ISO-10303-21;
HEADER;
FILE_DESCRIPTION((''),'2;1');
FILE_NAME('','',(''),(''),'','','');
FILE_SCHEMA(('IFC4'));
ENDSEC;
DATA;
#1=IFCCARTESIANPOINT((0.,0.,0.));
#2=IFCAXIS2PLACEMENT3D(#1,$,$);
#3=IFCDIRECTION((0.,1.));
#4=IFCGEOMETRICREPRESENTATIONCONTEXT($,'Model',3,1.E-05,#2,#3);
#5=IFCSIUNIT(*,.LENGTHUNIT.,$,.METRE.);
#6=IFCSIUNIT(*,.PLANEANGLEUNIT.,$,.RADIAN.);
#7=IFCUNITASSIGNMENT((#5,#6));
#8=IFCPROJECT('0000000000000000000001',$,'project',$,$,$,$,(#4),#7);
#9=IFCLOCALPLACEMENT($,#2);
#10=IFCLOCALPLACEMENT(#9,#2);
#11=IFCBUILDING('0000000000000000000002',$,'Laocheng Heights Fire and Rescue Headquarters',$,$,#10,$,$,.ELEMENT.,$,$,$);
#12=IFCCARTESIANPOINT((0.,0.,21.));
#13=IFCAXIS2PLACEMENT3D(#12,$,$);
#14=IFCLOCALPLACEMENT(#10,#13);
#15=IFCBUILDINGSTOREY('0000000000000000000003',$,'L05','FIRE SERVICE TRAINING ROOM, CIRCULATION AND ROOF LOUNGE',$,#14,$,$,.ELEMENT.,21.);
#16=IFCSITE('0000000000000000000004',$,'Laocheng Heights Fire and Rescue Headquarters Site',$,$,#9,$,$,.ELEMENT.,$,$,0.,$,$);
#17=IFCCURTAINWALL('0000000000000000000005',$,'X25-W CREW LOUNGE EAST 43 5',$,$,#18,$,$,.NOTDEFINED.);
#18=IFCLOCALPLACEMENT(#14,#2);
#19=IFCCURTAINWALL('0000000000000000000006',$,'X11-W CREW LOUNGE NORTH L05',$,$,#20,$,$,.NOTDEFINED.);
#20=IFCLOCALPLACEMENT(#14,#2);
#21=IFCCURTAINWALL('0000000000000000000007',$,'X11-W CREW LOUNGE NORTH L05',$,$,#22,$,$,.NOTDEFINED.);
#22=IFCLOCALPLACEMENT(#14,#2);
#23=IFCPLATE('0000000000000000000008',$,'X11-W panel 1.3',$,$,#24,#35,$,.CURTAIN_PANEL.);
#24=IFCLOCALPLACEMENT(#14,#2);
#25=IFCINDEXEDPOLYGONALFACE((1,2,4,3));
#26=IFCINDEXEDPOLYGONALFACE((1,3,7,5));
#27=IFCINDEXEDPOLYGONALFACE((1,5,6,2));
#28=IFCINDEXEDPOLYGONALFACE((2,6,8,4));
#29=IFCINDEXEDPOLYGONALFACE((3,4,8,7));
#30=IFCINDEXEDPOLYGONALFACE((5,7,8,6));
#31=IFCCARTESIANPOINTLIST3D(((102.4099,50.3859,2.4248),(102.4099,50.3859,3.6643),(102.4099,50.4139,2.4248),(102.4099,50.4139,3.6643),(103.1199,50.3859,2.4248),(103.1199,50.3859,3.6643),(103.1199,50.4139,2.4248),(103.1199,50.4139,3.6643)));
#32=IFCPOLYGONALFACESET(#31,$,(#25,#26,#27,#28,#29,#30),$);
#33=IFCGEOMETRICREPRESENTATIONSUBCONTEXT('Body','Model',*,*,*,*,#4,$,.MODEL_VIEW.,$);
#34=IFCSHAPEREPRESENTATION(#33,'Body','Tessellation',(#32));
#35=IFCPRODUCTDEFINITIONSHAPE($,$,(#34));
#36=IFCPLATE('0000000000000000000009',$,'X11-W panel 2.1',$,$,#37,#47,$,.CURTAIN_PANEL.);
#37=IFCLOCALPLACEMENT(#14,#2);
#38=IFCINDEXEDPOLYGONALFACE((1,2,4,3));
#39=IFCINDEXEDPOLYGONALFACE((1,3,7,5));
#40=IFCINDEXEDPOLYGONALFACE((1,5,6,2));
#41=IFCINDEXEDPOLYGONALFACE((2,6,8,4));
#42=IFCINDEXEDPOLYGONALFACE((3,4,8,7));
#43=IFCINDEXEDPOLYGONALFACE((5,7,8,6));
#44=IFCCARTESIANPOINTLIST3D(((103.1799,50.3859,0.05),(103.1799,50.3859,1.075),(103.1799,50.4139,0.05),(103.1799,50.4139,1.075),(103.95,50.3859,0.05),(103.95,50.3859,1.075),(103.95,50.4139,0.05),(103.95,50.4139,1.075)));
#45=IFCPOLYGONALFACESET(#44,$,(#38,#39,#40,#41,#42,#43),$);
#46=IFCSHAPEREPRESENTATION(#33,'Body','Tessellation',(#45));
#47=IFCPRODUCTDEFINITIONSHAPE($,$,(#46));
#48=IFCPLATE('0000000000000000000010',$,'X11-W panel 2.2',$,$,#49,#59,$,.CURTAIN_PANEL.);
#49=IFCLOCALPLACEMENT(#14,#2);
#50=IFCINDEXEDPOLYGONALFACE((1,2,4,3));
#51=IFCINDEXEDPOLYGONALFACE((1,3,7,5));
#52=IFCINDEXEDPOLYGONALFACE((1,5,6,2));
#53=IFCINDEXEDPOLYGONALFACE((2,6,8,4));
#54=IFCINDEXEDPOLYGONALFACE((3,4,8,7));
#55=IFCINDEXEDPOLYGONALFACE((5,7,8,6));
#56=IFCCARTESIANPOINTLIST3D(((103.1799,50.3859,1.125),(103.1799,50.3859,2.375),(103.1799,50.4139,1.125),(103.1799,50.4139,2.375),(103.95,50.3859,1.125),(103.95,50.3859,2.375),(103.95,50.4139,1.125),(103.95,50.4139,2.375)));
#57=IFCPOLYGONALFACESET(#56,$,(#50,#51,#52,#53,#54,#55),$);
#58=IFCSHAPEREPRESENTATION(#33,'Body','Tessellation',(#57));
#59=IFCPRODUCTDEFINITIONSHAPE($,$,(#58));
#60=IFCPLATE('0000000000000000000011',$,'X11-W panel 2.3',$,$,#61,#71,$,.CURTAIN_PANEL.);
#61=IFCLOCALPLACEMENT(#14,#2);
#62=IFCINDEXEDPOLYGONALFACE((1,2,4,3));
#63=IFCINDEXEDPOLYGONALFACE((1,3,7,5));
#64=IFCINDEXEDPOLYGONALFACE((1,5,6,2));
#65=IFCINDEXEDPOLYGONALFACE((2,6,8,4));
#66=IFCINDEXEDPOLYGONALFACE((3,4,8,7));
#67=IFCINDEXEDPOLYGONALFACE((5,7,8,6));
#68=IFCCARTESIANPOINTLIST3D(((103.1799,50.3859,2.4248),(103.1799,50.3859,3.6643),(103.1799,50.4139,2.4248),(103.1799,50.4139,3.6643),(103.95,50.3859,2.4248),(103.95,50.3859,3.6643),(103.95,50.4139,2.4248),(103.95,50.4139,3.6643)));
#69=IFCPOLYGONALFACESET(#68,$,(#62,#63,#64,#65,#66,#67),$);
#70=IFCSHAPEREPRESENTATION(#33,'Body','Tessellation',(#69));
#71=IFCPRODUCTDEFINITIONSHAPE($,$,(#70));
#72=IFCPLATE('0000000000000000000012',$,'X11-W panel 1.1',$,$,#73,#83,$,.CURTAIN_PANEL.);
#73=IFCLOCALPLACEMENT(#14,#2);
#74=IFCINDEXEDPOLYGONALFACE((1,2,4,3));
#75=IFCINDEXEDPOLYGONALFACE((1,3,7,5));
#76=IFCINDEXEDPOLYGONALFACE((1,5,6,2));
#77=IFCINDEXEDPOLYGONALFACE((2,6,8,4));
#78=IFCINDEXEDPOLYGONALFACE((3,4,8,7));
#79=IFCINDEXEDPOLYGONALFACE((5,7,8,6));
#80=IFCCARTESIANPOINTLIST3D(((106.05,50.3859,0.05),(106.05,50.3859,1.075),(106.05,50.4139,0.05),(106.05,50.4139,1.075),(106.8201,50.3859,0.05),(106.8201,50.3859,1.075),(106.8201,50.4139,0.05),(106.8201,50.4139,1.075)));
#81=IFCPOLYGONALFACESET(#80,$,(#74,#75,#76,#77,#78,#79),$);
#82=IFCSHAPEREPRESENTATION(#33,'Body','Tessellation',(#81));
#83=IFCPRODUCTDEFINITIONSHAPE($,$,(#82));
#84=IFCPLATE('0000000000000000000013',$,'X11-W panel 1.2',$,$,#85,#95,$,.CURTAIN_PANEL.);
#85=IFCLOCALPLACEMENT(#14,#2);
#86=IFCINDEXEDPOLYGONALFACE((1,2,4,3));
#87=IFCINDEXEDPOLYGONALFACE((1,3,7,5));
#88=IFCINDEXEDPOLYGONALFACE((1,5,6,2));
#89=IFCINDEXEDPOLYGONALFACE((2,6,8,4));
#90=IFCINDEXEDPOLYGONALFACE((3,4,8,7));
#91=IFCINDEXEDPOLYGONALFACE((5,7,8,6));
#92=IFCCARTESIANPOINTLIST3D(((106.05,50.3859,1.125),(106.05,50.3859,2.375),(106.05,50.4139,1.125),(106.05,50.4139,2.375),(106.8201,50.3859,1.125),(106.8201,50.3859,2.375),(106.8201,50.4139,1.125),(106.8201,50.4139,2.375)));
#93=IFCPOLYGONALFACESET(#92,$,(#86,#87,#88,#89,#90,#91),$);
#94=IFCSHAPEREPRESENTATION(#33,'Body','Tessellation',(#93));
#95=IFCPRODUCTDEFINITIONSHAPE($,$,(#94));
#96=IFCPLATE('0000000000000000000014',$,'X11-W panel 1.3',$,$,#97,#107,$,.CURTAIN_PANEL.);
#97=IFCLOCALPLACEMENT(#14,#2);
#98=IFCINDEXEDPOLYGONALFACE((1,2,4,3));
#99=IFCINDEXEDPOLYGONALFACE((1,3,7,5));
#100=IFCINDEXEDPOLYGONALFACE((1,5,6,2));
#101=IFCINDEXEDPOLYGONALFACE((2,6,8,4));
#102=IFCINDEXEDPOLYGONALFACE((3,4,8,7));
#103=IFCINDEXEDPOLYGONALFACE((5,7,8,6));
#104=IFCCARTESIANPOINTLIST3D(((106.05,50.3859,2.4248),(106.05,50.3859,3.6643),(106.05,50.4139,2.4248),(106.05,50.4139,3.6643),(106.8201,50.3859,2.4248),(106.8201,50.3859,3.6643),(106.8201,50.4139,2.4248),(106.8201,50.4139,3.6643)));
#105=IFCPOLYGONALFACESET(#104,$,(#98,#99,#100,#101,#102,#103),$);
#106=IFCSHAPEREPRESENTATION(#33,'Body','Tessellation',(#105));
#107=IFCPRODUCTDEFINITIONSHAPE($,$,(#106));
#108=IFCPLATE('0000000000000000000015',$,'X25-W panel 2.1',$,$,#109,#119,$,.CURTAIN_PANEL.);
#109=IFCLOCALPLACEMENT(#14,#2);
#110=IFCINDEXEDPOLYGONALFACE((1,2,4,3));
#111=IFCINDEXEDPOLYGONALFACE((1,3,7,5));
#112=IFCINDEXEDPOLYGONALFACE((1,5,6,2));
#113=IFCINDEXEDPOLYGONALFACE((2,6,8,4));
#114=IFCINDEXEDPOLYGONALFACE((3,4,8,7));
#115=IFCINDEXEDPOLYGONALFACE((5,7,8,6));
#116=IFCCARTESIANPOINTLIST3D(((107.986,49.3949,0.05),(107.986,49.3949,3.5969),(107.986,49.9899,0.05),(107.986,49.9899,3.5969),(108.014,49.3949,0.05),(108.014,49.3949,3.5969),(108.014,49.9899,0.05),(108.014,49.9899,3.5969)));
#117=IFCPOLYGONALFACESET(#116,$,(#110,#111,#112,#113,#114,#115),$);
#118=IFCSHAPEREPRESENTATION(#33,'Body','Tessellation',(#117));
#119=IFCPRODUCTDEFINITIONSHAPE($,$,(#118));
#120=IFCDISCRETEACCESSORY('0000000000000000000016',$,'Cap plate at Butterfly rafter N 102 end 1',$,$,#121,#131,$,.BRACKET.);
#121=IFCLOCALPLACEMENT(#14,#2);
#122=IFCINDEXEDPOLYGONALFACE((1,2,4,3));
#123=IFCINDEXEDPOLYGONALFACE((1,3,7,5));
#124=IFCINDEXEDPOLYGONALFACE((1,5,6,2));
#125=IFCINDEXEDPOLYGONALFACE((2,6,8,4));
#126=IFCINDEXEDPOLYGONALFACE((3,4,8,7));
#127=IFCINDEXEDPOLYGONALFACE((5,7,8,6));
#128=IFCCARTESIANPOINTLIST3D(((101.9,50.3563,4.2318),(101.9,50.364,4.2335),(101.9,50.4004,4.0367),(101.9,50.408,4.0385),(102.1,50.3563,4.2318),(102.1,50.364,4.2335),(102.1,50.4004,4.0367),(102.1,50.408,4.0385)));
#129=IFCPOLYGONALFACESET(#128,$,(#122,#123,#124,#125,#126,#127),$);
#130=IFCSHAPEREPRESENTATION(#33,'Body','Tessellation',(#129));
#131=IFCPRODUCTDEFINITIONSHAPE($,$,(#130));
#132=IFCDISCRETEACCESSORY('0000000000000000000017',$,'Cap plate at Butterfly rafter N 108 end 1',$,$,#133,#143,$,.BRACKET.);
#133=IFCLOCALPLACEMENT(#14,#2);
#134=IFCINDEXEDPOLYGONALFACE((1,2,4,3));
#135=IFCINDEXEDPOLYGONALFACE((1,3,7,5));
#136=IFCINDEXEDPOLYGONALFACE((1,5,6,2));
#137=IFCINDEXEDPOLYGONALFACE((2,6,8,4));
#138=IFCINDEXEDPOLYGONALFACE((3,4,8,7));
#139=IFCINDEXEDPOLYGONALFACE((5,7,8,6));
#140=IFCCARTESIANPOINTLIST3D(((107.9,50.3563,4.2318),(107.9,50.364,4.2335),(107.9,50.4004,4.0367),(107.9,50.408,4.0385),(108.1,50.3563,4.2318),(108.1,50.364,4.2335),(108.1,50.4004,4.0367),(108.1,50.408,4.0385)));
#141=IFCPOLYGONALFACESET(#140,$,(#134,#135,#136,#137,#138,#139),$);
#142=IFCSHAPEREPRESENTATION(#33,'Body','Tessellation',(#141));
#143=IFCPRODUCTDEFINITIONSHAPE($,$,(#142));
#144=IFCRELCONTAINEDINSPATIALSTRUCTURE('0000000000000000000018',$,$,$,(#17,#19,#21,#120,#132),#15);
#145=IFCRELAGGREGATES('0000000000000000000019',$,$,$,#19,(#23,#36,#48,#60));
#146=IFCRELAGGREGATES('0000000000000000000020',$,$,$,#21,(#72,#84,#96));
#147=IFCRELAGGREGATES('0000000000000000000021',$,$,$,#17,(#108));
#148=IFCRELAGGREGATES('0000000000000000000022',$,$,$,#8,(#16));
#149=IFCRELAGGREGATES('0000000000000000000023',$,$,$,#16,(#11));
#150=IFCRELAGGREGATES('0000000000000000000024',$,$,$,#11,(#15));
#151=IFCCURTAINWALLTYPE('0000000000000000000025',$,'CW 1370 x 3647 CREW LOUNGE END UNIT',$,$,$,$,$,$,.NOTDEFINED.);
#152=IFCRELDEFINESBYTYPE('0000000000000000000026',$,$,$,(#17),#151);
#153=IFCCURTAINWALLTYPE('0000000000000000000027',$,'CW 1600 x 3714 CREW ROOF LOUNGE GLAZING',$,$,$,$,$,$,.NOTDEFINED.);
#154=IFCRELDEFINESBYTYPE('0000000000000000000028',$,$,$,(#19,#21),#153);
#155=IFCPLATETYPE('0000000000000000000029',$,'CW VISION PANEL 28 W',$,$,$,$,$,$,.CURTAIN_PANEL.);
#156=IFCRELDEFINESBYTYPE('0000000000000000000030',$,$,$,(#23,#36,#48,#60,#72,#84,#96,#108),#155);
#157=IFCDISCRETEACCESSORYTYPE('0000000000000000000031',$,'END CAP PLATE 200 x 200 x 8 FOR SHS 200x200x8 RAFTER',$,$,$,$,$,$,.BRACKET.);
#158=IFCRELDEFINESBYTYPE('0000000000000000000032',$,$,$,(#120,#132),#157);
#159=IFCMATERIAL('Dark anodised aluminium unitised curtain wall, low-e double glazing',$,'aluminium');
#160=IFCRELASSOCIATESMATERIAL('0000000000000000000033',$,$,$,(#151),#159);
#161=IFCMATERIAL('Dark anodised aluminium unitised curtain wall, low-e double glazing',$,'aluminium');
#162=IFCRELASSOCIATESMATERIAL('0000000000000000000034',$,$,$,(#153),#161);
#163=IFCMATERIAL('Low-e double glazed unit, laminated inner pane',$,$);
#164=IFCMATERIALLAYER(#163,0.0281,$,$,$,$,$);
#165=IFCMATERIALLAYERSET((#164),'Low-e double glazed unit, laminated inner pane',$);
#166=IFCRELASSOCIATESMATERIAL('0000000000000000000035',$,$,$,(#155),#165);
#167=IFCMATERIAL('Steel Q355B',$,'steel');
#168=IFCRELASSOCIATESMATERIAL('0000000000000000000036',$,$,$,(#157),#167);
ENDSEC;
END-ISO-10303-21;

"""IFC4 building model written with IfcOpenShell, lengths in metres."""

from ifc_helpers import new_model, si_unit, direction, frame, origin, origin_2d, place, context, subcontext, project, spatial, rectangle, extrude, material, layer, layer_set, material_profile, profile_set, type_object, element, aggregate, save


model = new_model("IFC4")

# Units and contexts
model_context = context("Model", 3, precision=1e-05, world=origin(), true_north=direction((0.0, 1.0)))
body_context = subcontext(model_context, "Body", "Model", "MODEL_VIEW")
ifc_project = project(units=[si_unit("LENGTHUNIT", "METRE"), si_unit("PLANEANGLEUNIT", "RADIAN")], contexts=[model_context])

# Site, building, storey
site_placement = place(None, origin())
site = spatial("IfcSite", under=ifc_project, at=site_placement, Name="Laocheng Heights Fire and Rescue Headquarters Site", CompositionType="ELEMENT", RefElevation=0.0)
building_placement = place(site_placement, origin())
building = spatial("IfcBuilding", under=site, at=building_placement, Name="Laocheng Heights Fire and Rescue Headquarters", CompositionType="ELEMENT")
storey_placement = place(building_placement, frame((0.0, 0.0, 21.0)))
storey = spatial("IfcBuildingStorey", under=building, at=storey_placement, Name="L05", Description="FIRE SERVICE TRAINING ROOM, CIRCULATION AND ROOF LOUNGE", CompositionType="ELEMENT", Elevation=21.0)

# Curtain wall
ifc_material_1 = material(Name="Dark anodised aluminium unitised curtain wall, low-e double glazing", Category="aluminium")
curtain_wall_type_1 = type_object("IfcCurtainWallType", Name="CW 1370 x 3647 CREW LOUNGE END UNIT", PredefinedType="NOTDEFINED", material=ifc_material_1)
curtain_wall_1_placement = place(storey_placement, origin())
curtain_wall_1 = element("IfcCurtainWall", 1, at=curtain_wall_1_placement, inside=storey, type_object=curtain_wall_type_1, Name="X25-W CREW LOUNGE EAST 43 5", PredefinedType="NOTDEFINED")

# Curtain wall
ifc_material_2 = material(Name="Dark anodised aluminium unitised curtain wall, low-e double glazing", Category="aluminium")
curtain_wall_type_2 = type_object("IfcCurtainWallType", Name="CW 1600 x 3714 CREW ROOF LOUNGE GLAZING", PredefinedType="NOTDEFINED", material=ifc_material_2)
curtain_wall_2_placement = place(storey_placement, origin())
curtain_wall_2 = element("IfcCurtainWall", 2, at=curtain_wall_2_placement, inside=storey, type_object=curtain_wall_type_2, Name="X11-W CREW LOUNGE NORTH L05", PredefinedType="NOTDEFINED")

# Curtain wall
curtain_wall_3_placement = place(storey_placement, origin())
curtain_wall_3 = element("IfcCurtainWall", 3, at=curtain_wall_3_placement, inside=storey, type_object=curtain_wall_type_2, Name="X11-W CREW LOUNGE NORTH L05", PredefinedType="NOTDEFINED")

# Plates
ifc_material_3 = material(Name="Low-e double glazed unit, laminated inner pane")
ifc_layer_1 = layer(ifc_material_3, 0.0281)
ifc_layer_set_1 = layer_set([ifc_layer_1], Name="Low-e double glazed unit, laminated inner pane")
plate_type = type_object("IfcPlateType", Name="CW VISION PANEL 28 W", PredefinedType="CURTAIN_PANEL", material=ifc_layer_set_1)
plate_1_placement = place(storey_placement, frame((102.7649, 50.3999, 2.4248), z_axis=(0.0, 0.0, 1.0), x_axis=(1.0, 0.0, 0.0)))
plate_1 = element("IfcPlate", 4, at=plate_1_placement, type_object=plate_type, Name="X11-W panel 1.3", PredefinedType="CURTAIN_PANEL", context=body_context, shape_type="SweptSolid", body=[
    extrude(rectangle(XDim=0.71, YDim=0.0281, at=origin_2d()), origin(), (0.0, 0.0, 1.0), 1.2395),
])
plate_2_placement = place(storey_placement, frame((103.5649, 50.3999, 0.05), z_axis=(0.0, 0.0, 1.0), x_axis=(1.0, 0.0, 0.0)))
plate_2 = element("IfcPlate", 5, at=plate_2_placement, type_object=plate_type, Name="X11-W panel 2.1", PredefinedType="CURTAIN_PANEL", context=body_context, shape_type="SweptSolid", body=[
    extrude(rectangle(XDim=0.77, YDim=0.0281, at=origin_2d()), origin(), (0.0, 0.0, 1.0), 1.0249),
])
plate_3_placement = place(storey_placement, frame((103.5649, 50.3999, 1.125), z_axis=(0.0, 0.0, 1.0), x_axis=(1.0, 0.0, 0.0)))
plate_3 = element("IfcPlate", 6, at=plate_3_placement, type_object=plate_type, Name="X11-W panel 2.2", PredefinedType="CURTAIN_PANEL", context=body_context, shape_type="SweptSolid", body=[
    extrude(rectangle(XDim=0.77, YDim=0.0281, at=origin_2d()), origin(), (0.0, 0.0, 1.0), 1.25),
])
plate_4_placement = place(storey_placement, frame((103.5649, 50.3999, 2.4248), z_axis=(0.0, 0.0, 1.0), x_axis=(1.0, 0.0, 0.0)))
plate_4 = element("IfcPlate", 7, at=plate_4_placement, type_object=plate_type, Name="X11-W panel 2.3", PredefinedType="CURTAIN_PANEL", context=body_context, shape_type="SweptSolid", body=[
    extrude(rectangle(XDim=0.77, YDim=0.0281, at=origin_2d()), origin(), (0.0, 0.0, 1.0), 1.2395),
])
aggregate(curtain_wall_2, [plate_1, plate_2, plate_3, plate_4])
plate_5_placement = place(storey_placement, frame((106.4351, 50.3999, 0.05), z_axis=(0.0, 0.0, 1.0), x_axis=(1.0, 0.0, 0.0)))
plate_5 = element("IfcPlate", 8, at=plate_5_placement, type_object=plate_type, Name="X11-W panel 1.1", PredefinedType="CURTAIN_PANEL", context=body_context, shape_type="SweptSolid", body=[
    extrude(rectangle(XDim=0.77, YDim=0.0281, at=origin_2d()), origin(), (0.0, 0.0, 1.0), 1.0249),
])
plate_6_placement = place(storey_placement, frame((106.4351, 50.3999, 1.125), z_axis=(0.0, 0.0, 1.0), x_axis=(1.0, 0.0, 0.0)))
plate_6 = element("IfcPlate", 9, at=plate_6_placement, type_object=plate_type, Name="X11-W panel 1.2", PredefinedType="CURTAIN_PANEL", context=body_context, shape_type="SweptSolid", body=[
    extrude(rectangle(XDim=0.77, YDim=0.0281, at=origin_2d()), origin(), (0.0, 0.0, 1.0), 1.25),
])
plate_7_placement = place(storey_placement, frame((106.4351, 50.3999, 2.4248), z_axis=(0.0, 0.0, 1.0), x_axis=(1.0, 0.0, 0.0)))
plate_7 = element("IfcPlate", 10, at=plate_7_placement, type_object=plate_type, Name="X11-W panel 1.3", PredefinedType="CURTAIN_PANEL", context=body_context, shape_type="SweptSolid", body=[
    extrude(rectangle(XDim=0.77, YDim=0.0281, at=origin_2d()), origin(), (0.0, 0.0, 1.0), 1.2395),
])
aggregate(curtain_wall_3, [plate_5, plate_6, plate_7])
plate_8_placement = place(storey_placement, frame((108.0, 49.6924, 0.05), z_axis=(0.0, 0.0, 1.0), x_axis=(0.0, 1.0, 0.0)))
plate_8 = element("IfcPlate", 11, at=plate_8_placement, type_object=plate_type, Name="X25-W panel 2.1", PredefinedType="CURTAIN_PANEL", context=body_context, shape_type="SweptSolid", body=[
    extrude(rectangle(XDim=0.595, YDim=0.0281, at=origin_2d()), origin(), (0.0, 0.0, 1.0), 3.5469),
])
aggregate(curtain_wall_1, [plate_8])

# Discrete accessories
ifc_material_4 = material(Name="Steel Q355B", Category="steel")
ifc_material_profile_1 = material_profile(ifc_material_4, rectangle(XDim=0.2, YDim=0.2, at=origin_2d()), Name="END CAP PLATE 200 x 200 x 8 FOR SHS 200x200x8 RAFTER")
ifc_profile_set_1 = profile_set([ifc_material_profile_1], Name="Steel Q355B")
discrete_accessory_type = type_object("IfcDiscreteAccessoryType", Name="END CAP PLATE 200 x 200 x 8 FOR SHS 200x200x8 RAFTER", PredefinedType="BRACKET", material=ifc_profile_set_1)
for number, where, z_axis, x_axis, name in (
    (12, (102.0, 50.386, 4.136), (0.0, -0.975441, -0.220261), (1.0, 0.0, 0.0), "Cap plate at Butterfly rafter N 102 end 1"),
    (13, (108.0, 50.386, 4.136), (0.0, -0.975441, -0.220261), (1.0, 0.0, 0.0), "Cap plate at Butterfly rafter N 108 end 1"),
):
    element("IfcDiscreteAccessory", number, at=place(storey_placement, frame(where, z_axis=z_axis, x_axis=x_axis)), inside=storey, type_object=discrete_accessory_type, Name=name, PredefinedType="BRACKET", context=body_context, shape_type="SweptSolid", body=[
        extrude(rectangle(XDim=0.2, YDim=0.2, at=origin_2d()), origin(), (0.0, 0.0, 1.0), 0.0078),
    ])

save(model, "model.ifc")
